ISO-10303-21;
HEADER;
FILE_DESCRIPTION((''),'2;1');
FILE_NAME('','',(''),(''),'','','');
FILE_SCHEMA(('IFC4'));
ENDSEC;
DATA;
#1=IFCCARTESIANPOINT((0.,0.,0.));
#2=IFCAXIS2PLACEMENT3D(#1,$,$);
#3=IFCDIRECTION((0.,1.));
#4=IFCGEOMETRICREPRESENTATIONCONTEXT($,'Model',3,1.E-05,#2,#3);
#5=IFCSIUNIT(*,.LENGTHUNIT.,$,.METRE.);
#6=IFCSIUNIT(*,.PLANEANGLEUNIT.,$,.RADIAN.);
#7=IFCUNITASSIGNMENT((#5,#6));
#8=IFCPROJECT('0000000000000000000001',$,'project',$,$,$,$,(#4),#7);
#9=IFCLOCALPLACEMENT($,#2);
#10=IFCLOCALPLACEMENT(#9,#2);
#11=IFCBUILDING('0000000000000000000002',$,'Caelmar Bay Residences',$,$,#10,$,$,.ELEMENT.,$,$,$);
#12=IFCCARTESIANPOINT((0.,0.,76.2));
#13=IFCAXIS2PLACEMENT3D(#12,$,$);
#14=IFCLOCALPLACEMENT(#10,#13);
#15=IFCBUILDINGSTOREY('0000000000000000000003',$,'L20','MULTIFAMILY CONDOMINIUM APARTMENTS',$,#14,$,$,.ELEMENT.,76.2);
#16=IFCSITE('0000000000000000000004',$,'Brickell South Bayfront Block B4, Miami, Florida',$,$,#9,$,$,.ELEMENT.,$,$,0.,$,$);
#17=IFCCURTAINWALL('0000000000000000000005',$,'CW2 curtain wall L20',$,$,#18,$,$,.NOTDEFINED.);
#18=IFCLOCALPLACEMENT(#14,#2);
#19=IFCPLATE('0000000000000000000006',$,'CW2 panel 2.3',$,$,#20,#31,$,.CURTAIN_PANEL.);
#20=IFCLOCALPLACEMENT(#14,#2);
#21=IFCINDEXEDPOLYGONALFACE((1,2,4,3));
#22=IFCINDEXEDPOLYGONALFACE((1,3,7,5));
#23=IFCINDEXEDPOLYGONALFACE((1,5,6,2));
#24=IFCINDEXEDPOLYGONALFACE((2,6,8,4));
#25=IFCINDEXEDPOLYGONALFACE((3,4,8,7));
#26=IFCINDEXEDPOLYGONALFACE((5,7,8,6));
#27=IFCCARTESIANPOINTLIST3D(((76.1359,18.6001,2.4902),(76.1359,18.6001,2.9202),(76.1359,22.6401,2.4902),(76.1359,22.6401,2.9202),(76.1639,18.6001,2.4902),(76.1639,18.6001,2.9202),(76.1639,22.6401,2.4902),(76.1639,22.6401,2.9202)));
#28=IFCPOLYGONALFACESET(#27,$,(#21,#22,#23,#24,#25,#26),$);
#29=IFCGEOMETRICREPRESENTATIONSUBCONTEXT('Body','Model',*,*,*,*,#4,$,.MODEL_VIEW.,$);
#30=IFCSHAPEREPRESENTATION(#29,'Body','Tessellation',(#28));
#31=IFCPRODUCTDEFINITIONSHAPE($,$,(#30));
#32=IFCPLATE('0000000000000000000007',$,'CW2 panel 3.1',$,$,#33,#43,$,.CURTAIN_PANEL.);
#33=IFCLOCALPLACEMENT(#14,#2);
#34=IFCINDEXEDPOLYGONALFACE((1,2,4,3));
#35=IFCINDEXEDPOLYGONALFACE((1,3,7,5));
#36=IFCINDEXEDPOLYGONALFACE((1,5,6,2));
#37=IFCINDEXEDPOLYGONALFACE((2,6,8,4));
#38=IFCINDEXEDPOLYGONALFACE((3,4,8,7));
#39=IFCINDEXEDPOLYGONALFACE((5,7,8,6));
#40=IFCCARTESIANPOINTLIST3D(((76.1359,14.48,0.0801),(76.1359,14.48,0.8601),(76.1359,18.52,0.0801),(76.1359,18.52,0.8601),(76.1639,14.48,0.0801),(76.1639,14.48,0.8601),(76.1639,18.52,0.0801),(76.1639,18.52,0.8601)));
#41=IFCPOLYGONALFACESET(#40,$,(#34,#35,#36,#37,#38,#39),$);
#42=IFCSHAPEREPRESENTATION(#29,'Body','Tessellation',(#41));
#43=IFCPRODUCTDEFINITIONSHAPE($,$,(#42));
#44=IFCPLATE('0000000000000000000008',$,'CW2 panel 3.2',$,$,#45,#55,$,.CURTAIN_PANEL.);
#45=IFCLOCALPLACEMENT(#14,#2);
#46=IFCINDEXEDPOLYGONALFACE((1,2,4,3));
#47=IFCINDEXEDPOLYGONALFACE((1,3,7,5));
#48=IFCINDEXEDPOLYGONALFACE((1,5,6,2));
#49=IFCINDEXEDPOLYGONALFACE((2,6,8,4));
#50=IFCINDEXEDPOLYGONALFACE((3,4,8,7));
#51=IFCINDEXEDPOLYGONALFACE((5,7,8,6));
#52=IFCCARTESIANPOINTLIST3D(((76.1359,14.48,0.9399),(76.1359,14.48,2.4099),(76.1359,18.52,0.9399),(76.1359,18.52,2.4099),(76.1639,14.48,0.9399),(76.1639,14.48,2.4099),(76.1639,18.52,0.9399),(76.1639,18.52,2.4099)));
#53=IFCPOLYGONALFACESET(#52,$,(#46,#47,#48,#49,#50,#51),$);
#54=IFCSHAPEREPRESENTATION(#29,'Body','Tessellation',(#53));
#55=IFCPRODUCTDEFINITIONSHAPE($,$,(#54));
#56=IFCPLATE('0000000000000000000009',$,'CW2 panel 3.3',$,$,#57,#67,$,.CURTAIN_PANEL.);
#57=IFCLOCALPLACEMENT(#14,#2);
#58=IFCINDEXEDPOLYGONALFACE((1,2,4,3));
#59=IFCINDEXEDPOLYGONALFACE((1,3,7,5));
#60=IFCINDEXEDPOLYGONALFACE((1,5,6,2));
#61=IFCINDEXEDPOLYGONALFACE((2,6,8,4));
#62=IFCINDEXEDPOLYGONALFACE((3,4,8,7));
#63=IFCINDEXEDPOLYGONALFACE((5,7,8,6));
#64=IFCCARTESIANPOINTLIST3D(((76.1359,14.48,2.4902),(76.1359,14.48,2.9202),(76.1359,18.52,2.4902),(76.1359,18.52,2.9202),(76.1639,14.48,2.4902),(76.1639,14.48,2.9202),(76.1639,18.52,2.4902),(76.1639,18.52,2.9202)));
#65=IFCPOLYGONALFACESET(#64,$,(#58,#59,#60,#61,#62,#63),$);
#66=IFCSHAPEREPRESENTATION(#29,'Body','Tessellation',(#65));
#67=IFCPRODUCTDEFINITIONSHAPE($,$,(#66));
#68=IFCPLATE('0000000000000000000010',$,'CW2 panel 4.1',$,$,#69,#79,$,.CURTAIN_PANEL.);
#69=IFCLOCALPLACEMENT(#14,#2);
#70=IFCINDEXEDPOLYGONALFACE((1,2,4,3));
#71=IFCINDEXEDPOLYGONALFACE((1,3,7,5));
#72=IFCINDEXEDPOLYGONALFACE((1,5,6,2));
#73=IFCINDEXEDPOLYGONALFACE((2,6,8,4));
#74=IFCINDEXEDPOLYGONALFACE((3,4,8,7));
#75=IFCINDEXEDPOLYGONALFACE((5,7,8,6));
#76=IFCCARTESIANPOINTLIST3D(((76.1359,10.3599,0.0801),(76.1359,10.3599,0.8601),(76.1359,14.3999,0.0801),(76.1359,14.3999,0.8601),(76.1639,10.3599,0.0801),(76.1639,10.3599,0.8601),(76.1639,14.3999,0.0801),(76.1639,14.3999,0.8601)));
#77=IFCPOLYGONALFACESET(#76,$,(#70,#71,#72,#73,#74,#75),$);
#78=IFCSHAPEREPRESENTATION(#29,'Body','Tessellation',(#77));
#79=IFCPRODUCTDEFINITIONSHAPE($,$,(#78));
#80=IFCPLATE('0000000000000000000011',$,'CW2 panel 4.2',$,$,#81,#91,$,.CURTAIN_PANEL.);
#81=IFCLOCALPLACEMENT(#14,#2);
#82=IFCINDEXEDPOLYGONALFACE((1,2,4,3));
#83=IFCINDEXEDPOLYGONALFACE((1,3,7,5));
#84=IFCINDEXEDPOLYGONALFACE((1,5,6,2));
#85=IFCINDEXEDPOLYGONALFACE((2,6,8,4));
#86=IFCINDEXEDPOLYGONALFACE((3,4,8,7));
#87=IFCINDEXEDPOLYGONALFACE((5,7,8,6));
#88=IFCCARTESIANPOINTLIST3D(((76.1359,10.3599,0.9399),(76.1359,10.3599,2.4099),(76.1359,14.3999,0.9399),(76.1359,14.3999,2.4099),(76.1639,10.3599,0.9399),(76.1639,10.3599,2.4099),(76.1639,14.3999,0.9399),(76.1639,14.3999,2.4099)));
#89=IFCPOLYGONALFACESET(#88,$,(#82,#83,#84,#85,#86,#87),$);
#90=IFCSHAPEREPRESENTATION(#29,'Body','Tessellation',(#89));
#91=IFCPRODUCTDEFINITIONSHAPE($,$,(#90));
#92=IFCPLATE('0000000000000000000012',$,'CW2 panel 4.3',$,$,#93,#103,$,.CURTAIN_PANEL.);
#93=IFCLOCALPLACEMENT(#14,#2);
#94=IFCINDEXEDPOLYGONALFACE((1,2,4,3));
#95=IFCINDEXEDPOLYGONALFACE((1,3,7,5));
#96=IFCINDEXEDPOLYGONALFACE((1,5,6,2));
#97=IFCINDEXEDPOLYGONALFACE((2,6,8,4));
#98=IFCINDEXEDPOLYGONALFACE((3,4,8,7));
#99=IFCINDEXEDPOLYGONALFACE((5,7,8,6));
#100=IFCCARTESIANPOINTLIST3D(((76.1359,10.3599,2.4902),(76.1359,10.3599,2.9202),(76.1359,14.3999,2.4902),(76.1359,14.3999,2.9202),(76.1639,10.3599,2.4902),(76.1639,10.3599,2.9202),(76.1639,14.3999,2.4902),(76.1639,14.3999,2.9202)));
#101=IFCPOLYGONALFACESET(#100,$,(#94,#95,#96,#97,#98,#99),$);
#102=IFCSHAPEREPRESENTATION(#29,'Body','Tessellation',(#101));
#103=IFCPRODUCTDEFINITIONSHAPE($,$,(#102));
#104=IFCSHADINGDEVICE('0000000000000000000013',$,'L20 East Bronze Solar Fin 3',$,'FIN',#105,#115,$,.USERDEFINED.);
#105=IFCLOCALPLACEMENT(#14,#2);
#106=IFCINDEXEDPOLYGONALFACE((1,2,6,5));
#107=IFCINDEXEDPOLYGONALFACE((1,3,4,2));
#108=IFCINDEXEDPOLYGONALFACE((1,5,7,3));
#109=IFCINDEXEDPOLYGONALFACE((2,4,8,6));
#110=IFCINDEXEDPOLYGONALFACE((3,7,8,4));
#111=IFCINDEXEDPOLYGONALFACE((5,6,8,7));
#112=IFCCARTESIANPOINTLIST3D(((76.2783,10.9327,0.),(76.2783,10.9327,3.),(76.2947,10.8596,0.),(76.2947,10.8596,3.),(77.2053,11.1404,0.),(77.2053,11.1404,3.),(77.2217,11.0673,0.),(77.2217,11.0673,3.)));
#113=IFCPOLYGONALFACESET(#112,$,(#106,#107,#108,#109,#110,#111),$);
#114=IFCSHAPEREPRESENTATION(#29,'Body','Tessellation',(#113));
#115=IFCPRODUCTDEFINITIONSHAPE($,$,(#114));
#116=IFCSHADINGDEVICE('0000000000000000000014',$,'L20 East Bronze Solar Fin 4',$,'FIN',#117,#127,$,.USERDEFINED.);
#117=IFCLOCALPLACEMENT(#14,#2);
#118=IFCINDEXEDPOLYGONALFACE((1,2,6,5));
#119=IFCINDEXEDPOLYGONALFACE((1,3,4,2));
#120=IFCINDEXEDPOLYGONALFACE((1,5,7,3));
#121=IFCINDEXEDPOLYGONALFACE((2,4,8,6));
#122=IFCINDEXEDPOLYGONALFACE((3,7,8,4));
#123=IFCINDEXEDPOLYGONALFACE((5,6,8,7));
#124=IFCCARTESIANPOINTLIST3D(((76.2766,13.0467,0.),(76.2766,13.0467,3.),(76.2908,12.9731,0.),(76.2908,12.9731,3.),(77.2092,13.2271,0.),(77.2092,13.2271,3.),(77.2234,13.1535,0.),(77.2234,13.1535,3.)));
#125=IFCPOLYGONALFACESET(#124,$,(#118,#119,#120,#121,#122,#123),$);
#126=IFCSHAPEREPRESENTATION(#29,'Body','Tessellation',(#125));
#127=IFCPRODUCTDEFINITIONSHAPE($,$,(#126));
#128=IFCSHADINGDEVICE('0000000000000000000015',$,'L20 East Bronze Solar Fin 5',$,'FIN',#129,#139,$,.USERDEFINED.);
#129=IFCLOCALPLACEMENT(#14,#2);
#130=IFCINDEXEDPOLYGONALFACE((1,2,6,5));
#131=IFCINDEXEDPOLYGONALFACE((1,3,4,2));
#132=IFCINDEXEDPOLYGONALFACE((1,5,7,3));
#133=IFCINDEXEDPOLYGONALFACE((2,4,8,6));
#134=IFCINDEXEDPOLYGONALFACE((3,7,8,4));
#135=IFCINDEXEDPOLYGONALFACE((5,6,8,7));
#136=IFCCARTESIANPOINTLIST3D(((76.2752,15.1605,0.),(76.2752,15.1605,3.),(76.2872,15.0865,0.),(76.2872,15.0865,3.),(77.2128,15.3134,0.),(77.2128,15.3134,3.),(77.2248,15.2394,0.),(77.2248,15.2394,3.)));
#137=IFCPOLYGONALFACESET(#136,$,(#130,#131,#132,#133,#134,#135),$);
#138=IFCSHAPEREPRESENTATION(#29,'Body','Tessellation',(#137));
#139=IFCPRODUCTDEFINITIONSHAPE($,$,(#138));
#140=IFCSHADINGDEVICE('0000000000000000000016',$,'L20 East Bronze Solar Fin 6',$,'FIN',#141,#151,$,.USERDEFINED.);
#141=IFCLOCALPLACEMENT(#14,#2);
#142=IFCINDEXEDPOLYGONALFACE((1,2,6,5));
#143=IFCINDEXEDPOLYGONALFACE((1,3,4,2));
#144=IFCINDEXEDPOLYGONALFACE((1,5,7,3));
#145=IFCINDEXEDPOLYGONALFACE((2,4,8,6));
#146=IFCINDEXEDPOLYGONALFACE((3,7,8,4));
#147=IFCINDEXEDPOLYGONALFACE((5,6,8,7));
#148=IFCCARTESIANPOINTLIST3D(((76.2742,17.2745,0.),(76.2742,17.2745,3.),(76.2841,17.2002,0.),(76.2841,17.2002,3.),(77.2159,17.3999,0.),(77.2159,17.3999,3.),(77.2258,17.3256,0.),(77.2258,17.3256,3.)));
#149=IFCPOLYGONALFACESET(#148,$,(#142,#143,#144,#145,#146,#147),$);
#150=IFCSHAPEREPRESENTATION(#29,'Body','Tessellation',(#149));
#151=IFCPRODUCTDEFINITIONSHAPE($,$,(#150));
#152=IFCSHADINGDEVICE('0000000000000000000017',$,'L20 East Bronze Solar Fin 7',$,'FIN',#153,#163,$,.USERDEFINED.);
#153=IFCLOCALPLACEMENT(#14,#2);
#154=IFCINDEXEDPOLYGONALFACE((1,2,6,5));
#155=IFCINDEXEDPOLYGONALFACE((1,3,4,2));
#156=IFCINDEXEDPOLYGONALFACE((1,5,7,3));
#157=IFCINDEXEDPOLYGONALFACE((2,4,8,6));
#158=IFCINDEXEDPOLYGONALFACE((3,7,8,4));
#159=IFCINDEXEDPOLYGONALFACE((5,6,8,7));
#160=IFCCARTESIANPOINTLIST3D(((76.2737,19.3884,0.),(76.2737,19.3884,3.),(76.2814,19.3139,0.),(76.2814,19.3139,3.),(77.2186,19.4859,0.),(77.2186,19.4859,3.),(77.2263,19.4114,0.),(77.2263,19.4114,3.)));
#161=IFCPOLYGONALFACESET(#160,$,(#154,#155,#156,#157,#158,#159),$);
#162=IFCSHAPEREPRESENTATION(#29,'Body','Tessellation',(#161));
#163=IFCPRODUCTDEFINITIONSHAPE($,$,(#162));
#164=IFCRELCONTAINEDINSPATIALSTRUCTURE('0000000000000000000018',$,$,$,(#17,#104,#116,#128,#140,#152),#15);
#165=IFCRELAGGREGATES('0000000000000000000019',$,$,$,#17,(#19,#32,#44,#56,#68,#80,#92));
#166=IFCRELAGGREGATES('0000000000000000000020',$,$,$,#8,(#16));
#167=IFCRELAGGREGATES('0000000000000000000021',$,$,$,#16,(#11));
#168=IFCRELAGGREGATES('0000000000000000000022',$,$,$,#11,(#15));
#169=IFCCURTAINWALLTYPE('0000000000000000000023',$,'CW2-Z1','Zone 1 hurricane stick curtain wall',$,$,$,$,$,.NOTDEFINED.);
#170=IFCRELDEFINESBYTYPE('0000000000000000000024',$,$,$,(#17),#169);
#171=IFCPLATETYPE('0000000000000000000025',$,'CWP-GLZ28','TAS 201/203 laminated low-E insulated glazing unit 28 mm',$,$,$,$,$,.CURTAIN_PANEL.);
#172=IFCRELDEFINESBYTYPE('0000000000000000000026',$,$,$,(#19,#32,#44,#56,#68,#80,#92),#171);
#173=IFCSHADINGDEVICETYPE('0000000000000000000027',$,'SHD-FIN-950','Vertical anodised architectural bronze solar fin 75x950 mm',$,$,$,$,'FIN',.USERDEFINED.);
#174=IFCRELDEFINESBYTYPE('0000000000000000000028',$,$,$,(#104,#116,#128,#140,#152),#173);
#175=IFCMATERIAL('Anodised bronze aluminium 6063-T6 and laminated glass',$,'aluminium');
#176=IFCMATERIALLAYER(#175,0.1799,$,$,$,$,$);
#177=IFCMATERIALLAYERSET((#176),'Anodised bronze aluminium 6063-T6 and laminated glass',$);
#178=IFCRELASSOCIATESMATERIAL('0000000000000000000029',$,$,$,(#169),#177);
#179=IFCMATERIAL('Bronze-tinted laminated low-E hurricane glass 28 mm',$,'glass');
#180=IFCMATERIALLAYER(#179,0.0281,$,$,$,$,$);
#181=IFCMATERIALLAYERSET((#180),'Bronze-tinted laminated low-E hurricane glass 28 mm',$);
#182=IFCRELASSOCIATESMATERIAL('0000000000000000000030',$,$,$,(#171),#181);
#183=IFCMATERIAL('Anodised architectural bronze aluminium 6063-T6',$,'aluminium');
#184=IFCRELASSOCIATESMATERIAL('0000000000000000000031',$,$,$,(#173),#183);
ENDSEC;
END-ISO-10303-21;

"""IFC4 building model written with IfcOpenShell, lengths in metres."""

from ifc_helpers import new_model, si_unit, direction, frame, origin, origin_2d, place, context, subcontext, project, spatial, rectangle, extrude, material, layer, layer_set, material_profile, profile_set, type_object, element, aggregate, save


model = new_model("IFC4")

# Units and contexts
model_context = context("Model", 3, precision=1e-05, world=origin(), true_north=direction((0.0, 1.0)))
body_context = subcontext(model_context, "Body", "Model", "MODEL_VIEW")
ifc_project = project(units=[si_unit("LENGTHUNIT", "METRE"), si_unit("PLANEANGLEUNIT", "RADIAN")], contexts=[model_context])

# Site, building, storey
site_placement = place(None, origin())
site = spatial("IfcSite", under=ifc_project, at=site_placement, Name="Brickell South Bayfront Block B4, Miami, Florida", CompositionType="ELEMENT", RefElevation=0.0)
building_placement = place(site_placement, origin())
building = spatial("IfcBuilding", under=site, at=building_placement, Name="Caelmar Bay Residences", CompositionType="ELEMENT")
storey_placement = place(building_placement, frame((0.0, 0.0, 76.2)))
storey = spatial("IfcBuildingStorey", under=building, at=storey_placement, Name="L20", Description="MULTIFAMILY CONDOMINIUM APARTMENTS", CompositionType="ELEMENT", Elevation=76.2)

# Curtain wall, plates
ifc_material_1 = material(Name="Anodised bronze aluminium 6063-T6 and laminated glass", Category="aluminium")
ifc_layer_1 = layer(ifc_material_1, 0.1799)
ifc_layer_set_1 = layer_set([ifc_layer_1], Name="Anodised bronze aluminium 6063-T6 and laminated glass")
curtain_wall_type = type_object("IfcCurtainWallType", Name="CW2-Z1", Description="Zone 1 hurricane stick curtain wall", PredefinedType="NOTDEFINED", material=ifc_layer_set_1)
curtain_wall_placement = place(storey_placement, origin())
curtain_wall = element("IfcCurtainWall", 1, at=curtain_wall_placement, inside=storey, type_object=curtain_wall_type, Name="CW2 curtain wall L20", PredefinedType="NOTDEFINED")
ifc_material_2 = material(Name="Bronze-tinted laminated low-E hurricane glass 28 mm", Category="glass")
ifc_layer_2 = layer(ifc_material_2, 0.0281)
ifc_layer_set_2 = layer_set([ifc_layer_2], Name="Bronze-tinted laminated low-E hurricane glass 28 mm")
plate_type = type_object("IfcPlateType", Name="CWP-GLZ28", Description="TAS 201/203 laminated low-E insulated glazing unit 28 mm", PredefinedType="CURTAIN_PANEL", material=ifc_layer_set_2)
plate_1_placement = place(storey_placement, frame((76.1499, 20.6201, 2.4902), z_axis=(0.0, 0.0, 1.0), x_axis=(0.0, -1.0, 0.0)))
plate_1 = element("IfcPlate", 2, at=plate_1_placement, type_object=plate_type, Name="CW2 panel 2.3", PredefinedType="CURTAIN_PANEL", context=body_context, shape_type="SweptSolid", body=[
    extrude(rectangle(XDim=4.04, YDim=0.0281, at=origin_2d()), origin(), (0.0, 0.0, 1.0), 0.4299),
])
plate_2_placement = place(storey_placement, frame((76.1499, 16.5, 0.0801), z_axis=(0.0, 0.0, 1.0), x_axis=(0.0, -1.0, 0.0)))
plate_2 = element("IfcPlate", 3, at=plate_2_placement, type_object=plate_type, Name="CW2 panel 3.1", PredefinedType="CURTAIN_PANEL", context=body_context, shape_type="SweptSolid", body=[
    extrude(rectangle(XDim=4.04, YDim=0.0281, at=origin_2d()), origin(), (0.0, 0.0, 1.0), 0.78),
])
plate_3_placement = place(storey_placement, frame((76.1499, 16.5, 0.9399), z_axis=(0.0, 0.0, 1.0), x_axis=(0.0, -1.0, 0.0)))
plate_3 = element("IfcPlate", 4, at=plate_3_placement, type_object=plate_type, Name="CW2 panel 3.2", PredefinedType="CURTAIN_PANEL", context=body_context, shape_type="SweptSolid", body=[
    extrude(rectangle(XDim=4.04, YDim=0.0281, at=origin_2d()), origin(), (0.0, 0.0, 1.0), 1.47),
])
plate_4_placement = place(storey_placement, frame((76.1499, 16.5, 2.4902), z_axis=(0.0, 0.0, 1.0), x_axis=(0.0, -1.0, 0.0)))
plate_4 = element("IfcPlate", 5, at=plate_4_placement, type_object=plate_type, Name="CW2 panel 3.3", PredefinedType="CURTAIN_PANEL", context=body_context, shape_type="SweptSolid", body=[
    extrude(rectangle(XDim=4.04, YDim=0.0281, at=origin_2d()), origin(), (0.0, 0.0, 1.0), 0.4299),
])
plate_5_placement = place(storey_placement, frame((76.1499, 12.3799, 0.0801), z_axis=(0.0, 0.0, 1.0), x_axis=(0.0, -1.0, 0.0)))
plate_5 = element("IfcPlate", 6, at=plate_5_placement, type_object=plate_type, Name="CW2 panel 4.1", PredefinedType="CURTAIN_PANEL", context=body_context, shape_type="SweptSolid", body=[
    extrude(rectangle(XDim=4.04, YDim=0.0281, at=origin_2d()), origin(), (0.0, 0.0, 1.0), 0.78),
])
plate_6_placement = place(storey_placement, frame((76.1499, 12.3799, 0.9399), z_axis=(0.0, 0.0, 1.0), x_axis=(0.0, -1.0, 0.0)))
plate_6 = element("IfcPlate", 7, at=plate_6_placement, type_object=plate_type, Name="CW2 panel 4.2", PredefinedType="CURTAIN_PANEL", context=body_context, shape_type="SweptSolid", body=[
    extrude(rectangle(XDim=4.04, YDim=0.0281, at=origin_2d()), origin(), (0.0, 0.0, 1.0), 1.47),
])
plate_7_placement = place(storey_placement, frame((76.1499, 12.3799, 2.4902), z_axis=(0.0, 0.0, 1.0), x_axis=(0.0, -1.0, 0.0)))
plate_7 = element("IfcPlate", 8, at=plate_7_placement, type_object=plate_type, Name="CW2 panel 4.3", PredefinedType="CURTAIN_PANEL", context=body_context, shape_type="SweptSolid", body=[
    extrude(rectangle(XDim=4.04, YDim=0.0281, at=origin_2d()), origin(), (0.0, 0.0, 1.0), 0.4299),
])
aggregate(curtain_wall, [plate_1, plate_2, plate_3, plate_4, plate_5, plate_6, plate_7])

# Shading devices
ifc_material_3 = material(Name="Anodised architectural bronze aluminium 6063-T6", Category="aluminium")
ifc_material_profile_1 = material_profile(ifc_material_3, rectangle(XDim=0.075, YDim=0.95, at=origin_2d()), Name="BRONZE-FIN-75X950")
ifc_profile_set_1 = profile_set([ifc_material_profile_1], Name="Anodised architectural bronze aluminium 6063-T6")
shading_device_type = type_object("IfcShadingDeviceType", Name="SHD-FIN-950", Description="Vertical anodised architectural bronze solar fin 75x950 mm", ElementType="FIN", PredefinedType="USERDEFINED", material=ifc_profile_set_1)
for number, where, z_axis, x_axis, name in (
    (9, (76.75, 11.0, 0.0), (0.0, 0.0, 1.0), (-0.218654, 0.975802, 0.0), "L20 East Bronze Solar Fin 3"),
    (10, (76.75, 13.1001, 0.0), (0.0, 0.0, 1.0), (-0.189952, 0.981793, 0.0), "L20 East Bronze Solar Fin 4"),
    (11, (76.75, 15.2, 0.0), (0.0, 0.0, 1.0), (-0.160915, 0.986968, 0.0), "L20 East Bronze Solar Fin 5"),
    (12, (76.75, 17.3, 0.0), (0.0, 0.0, 1.0), (-0.13191, 0.991262, 0.0), "L20 East Bronze Solar Fin 6"),
    (13, (76.75, 19.3999, 0.0), (0.0, 0.0, 1.0), (-0.102619, 0.994721, 0.0), "L20 East Bronze Solar Fin 7"),
):
    element("IfcShadingDevice", number, at=place(storey_placement, frame(where, z_axis=z_axis, x_axis=x_axis)), inside=storey, type_object=shading_device_type, Name=name, ObjectType="FIN", PredefinedType="USERDEFINED", context=body_context, shape_type="SweptSolid", body=[
        extrude(rectangle(XDim=0.075, YDim=0.95, at=origin_2d()), origin(), (0.0, 0.0, 1.0), 3.0),
    ])

save(model, "model.ifc")
